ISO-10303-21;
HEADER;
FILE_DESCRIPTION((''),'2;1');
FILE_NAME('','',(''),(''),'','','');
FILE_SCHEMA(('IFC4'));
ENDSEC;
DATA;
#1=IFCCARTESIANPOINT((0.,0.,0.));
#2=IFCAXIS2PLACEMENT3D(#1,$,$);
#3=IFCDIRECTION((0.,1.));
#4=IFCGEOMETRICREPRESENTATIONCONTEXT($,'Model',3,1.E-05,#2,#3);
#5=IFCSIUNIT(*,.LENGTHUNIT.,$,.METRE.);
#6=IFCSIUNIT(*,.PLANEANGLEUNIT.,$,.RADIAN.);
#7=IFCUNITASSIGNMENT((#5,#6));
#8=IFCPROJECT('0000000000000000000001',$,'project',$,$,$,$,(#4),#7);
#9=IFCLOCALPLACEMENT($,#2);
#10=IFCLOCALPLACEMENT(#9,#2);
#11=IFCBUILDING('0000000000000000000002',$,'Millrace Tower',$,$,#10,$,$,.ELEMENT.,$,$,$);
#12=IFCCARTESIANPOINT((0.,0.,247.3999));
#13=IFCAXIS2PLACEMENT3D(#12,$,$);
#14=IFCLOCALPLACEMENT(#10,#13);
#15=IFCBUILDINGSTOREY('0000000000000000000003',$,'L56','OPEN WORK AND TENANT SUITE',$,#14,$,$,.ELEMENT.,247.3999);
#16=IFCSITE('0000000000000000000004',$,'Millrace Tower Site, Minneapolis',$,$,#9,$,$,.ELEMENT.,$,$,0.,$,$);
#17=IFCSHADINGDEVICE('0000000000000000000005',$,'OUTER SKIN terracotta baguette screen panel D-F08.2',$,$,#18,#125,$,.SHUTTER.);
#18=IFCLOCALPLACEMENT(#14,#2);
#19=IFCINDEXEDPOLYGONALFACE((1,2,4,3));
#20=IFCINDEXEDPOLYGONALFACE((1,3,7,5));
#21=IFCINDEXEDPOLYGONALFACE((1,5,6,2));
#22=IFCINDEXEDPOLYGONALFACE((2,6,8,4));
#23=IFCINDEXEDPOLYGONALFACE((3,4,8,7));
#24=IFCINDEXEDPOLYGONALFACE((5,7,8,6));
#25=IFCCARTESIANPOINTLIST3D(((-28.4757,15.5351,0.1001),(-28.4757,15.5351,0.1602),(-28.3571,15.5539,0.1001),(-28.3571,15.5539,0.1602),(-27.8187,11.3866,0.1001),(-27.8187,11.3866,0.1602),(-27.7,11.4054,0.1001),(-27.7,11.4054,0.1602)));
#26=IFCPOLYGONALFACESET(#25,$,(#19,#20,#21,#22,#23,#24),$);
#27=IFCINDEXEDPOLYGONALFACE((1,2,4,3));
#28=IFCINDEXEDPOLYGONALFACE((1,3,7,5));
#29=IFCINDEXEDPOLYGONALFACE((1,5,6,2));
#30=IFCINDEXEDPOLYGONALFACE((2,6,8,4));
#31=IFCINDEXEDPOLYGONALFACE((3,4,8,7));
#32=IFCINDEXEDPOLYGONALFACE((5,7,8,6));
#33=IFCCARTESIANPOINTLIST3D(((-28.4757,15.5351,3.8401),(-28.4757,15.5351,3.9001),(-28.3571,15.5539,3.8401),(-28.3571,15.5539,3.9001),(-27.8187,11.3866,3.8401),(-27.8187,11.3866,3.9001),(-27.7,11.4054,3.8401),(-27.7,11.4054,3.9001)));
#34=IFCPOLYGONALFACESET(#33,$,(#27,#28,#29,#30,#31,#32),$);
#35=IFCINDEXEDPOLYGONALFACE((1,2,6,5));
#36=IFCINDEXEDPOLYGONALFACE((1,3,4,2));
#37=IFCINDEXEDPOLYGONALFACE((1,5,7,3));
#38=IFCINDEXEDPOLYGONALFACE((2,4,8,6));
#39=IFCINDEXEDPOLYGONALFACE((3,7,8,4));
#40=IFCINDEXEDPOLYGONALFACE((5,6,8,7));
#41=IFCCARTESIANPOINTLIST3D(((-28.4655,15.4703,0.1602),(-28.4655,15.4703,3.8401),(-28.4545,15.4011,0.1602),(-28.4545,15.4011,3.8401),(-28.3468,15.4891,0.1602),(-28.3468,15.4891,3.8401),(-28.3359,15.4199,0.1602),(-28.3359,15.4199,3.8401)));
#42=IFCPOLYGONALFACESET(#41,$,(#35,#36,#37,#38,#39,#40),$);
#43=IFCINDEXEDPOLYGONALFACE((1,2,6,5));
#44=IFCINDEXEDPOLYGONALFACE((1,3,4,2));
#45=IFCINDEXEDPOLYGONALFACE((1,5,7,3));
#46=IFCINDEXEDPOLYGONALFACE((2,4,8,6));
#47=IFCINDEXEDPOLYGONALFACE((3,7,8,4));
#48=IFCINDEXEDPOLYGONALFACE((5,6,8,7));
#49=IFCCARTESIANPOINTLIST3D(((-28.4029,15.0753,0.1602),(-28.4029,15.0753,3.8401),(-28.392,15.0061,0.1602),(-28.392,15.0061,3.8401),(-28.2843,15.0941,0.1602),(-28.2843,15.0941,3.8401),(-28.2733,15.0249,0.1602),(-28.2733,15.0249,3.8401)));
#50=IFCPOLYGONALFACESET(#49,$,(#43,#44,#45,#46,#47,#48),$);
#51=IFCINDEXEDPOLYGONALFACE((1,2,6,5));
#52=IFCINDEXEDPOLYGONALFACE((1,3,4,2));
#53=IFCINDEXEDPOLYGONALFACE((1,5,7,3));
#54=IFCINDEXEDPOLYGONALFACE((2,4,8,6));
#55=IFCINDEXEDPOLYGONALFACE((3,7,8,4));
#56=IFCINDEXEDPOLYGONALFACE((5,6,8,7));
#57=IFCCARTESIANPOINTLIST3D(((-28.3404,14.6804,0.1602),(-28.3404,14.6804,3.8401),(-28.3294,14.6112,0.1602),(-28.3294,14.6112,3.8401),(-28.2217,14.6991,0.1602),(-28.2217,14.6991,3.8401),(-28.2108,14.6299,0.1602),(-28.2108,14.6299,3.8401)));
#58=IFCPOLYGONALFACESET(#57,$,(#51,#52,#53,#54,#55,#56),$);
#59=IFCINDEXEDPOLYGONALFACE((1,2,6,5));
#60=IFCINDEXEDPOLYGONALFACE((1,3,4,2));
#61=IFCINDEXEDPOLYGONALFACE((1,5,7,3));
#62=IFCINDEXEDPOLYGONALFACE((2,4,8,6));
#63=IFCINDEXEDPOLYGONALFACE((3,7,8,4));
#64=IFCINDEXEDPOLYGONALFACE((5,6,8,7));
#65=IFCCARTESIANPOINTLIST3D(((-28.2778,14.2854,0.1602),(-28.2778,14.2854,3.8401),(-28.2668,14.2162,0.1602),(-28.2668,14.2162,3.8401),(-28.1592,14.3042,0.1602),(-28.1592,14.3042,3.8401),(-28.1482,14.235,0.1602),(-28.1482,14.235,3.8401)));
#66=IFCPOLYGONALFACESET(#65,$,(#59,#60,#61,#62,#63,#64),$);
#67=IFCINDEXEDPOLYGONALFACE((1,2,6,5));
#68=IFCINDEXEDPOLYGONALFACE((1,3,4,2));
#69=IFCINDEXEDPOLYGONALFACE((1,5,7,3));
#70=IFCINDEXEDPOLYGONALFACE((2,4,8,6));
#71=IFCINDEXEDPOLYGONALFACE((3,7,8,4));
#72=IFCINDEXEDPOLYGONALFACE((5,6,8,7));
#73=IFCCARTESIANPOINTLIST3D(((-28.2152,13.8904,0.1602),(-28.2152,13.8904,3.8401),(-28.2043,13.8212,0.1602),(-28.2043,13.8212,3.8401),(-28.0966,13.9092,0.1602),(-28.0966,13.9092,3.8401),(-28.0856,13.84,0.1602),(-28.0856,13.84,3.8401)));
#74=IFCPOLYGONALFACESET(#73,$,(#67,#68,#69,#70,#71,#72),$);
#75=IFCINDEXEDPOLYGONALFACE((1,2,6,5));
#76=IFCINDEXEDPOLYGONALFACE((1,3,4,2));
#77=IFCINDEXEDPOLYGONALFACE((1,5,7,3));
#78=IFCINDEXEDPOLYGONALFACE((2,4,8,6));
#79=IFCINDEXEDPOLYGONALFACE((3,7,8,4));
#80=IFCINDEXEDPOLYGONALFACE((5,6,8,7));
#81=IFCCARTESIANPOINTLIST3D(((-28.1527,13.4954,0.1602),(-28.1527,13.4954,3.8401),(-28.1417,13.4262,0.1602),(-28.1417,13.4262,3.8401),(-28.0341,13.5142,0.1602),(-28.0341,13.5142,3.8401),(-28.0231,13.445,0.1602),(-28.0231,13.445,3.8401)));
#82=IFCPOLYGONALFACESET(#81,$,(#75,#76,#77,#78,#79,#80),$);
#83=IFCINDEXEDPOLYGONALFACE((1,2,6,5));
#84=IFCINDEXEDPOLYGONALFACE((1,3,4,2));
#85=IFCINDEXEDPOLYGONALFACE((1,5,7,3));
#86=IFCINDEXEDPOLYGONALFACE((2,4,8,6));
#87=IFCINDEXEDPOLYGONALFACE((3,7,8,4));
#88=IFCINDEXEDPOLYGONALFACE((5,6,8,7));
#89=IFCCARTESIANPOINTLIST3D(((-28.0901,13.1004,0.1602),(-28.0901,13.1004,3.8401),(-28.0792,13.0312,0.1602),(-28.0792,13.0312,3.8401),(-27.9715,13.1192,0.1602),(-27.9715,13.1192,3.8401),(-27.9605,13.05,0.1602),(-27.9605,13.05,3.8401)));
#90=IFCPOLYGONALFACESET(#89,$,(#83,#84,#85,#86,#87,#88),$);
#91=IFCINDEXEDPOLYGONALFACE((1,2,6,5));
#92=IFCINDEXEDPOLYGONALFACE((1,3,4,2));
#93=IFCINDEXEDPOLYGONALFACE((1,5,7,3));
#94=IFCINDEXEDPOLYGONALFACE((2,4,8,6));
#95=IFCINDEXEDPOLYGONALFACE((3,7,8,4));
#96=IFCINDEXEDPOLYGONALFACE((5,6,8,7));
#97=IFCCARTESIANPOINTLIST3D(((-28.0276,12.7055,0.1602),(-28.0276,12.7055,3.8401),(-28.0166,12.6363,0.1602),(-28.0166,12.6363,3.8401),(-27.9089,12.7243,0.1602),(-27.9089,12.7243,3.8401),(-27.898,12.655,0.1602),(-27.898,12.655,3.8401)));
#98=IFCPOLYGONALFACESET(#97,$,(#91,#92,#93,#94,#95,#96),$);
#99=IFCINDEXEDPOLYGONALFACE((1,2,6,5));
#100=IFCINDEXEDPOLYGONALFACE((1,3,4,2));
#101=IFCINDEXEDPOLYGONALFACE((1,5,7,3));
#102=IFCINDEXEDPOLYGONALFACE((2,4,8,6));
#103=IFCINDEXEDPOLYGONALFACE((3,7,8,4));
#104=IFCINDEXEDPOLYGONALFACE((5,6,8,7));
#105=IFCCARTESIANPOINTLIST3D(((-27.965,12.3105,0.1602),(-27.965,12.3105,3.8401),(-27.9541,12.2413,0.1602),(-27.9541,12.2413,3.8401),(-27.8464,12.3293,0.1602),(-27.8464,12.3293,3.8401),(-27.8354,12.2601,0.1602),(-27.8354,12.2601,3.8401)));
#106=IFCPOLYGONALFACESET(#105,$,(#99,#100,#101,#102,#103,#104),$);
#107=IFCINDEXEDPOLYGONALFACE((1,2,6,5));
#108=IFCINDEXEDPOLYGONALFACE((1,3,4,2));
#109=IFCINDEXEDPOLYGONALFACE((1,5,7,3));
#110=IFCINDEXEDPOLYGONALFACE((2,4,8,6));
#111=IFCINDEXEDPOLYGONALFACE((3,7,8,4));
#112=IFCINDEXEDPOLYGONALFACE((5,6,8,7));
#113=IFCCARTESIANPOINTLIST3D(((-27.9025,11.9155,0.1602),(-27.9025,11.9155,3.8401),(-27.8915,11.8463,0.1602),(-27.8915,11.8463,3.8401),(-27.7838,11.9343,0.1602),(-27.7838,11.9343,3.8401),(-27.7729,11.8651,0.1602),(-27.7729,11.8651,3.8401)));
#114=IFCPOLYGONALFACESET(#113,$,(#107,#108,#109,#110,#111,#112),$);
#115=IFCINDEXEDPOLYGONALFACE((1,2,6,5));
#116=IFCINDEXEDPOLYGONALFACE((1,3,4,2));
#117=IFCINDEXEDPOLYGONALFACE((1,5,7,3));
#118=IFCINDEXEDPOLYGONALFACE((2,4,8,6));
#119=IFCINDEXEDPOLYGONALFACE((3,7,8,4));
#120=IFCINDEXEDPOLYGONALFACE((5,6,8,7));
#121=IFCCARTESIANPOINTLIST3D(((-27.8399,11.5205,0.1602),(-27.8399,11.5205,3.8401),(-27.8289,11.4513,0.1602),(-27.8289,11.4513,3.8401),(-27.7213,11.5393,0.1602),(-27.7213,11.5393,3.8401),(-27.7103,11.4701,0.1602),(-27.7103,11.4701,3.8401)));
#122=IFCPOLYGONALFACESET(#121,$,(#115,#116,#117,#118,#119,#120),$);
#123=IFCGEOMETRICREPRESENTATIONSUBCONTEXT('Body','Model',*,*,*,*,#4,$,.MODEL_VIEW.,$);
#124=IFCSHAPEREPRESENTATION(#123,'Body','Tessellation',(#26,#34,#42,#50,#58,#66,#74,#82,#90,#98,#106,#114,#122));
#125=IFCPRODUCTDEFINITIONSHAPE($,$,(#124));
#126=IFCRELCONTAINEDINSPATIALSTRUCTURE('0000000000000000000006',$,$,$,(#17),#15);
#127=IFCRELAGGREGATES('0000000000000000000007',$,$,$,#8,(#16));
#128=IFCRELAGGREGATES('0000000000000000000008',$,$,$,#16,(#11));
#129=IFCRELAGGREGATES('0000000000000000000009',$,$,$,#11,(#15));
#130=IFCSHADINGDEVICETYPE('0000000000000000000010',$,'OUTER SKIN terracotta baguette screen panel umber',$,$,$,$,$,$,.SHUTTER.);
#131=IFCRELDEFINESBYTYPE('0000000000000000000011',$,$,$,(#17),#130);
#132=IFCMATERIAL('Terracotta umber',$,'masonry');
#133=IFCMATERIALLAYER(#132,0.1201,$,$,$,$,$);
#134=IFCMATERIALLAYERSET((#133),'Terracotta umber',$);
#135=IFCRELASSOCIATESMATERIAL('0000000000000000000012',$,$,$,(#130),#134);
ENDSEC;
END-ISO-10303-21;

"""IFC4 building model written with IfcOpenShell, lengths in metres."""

from ifc_helpers import new_model, entity, si_unit, direction, frame, frame_2d, origin, origin_2d, place, context, subcontext, project, spatial, rectangle, extrude, source, transform, mapped, material, layer, layer_set, type_object, element, save


model = new_model("IFC4")

# Units and contexts
model_context = context("Model", 3, precision=1e-05, world=origin(), true_north=direction((0.0, 1.0)))
body_context = subcontext(model_context, "Body", "Model", "MODEL_VIEW")
ifc_project = project(units=[si_unit("LENGTHUNIT", "METRE"), si_unit("PLANEANGLEUNIT", "RADIAN")], contexts=[model_context])

# Site, building, storey
site_placement = place(None, origin())
site = spatial("IfcSite", under=ifc_project, at=site_placement, Name="Millrace Tower Site, Minneapolis", CompositionType="ELEMENT", RefElevation=0.0)
building_placement = place(site_placement, origin())
building = spatial("IfcBuilding", under=site, at=building_placement, Name="Millrace Tower", CompositionType="ELEMENT")
storey_placement = place(building_placement, frame((0.0, 0.0, 247.3999)))
storey = spatial("IfcBuildingStorey", under=building, at=storey_placement, Name="L56", Description="OPEN WORK AND TENANT SUITE", CompositionType="ELEMENT", Elevation=247.3999)

# Shading device
ifc_material_1 = material(Name="Terracotta umber", Category="masonry")
ifc_layer_1 = layer(ifc_material_1, 0.1201)
ifc_layer_set_1 = layer_set([ifc_layer_1], Name="Terracotta umber")
shading_device_type = type_object("IfcShadingDeviceType", Name="OUTER SKIN terracotta baguette screen panel umber", PredefinedType="SHUTTER", material=ifc_layer_set_1)
cartesian_point_1 = entity("IfcCartesianPoint", [-2.1001, 0.0601])
shared_polyline_1 = entity("IfcPolyline", [cartesian_point_1, entity("IfcCartesianPoint", [2.1001, 0.0601]), entity("IfcCartesianPoint", [2.1001, -0.0601]), entity("IfcCartesianPoint", [-2.1001, -0.0601]), cartesian_point_1])
shared_shape_1 = source(origin(), body_context, "Body", "SweptSolid", [
    entity("IfcExtrudedAreaSolid", entity("IfcArbitraryClosedProfileDef", "AREA", None, shared_polyline_1), entity("IfcAxis2Placement3D", entity("IfcCartesianPoint", [0.0, 0.0, 0.0])), entity("IfcDirection", [0.0, 0.0, 1.0]), 0.0601),
    entity("IfcExtrudedAreaSolid", entity("IfcArbitraryClosedProfileDef", "AREA", None, shared_polyline_1), entity("IfcAxis2Placement3D", entity("IfcCartesianPoint", [0.0, 0.0, 3.74])), entity("IfcDirection", [0.0, 0.0, 1.0]), 0.0601),
    extrude(rectangle(XDim=0.0701, YDim=0.1201, at=frame_2d((-1.9995, 0.0))), frame((0.0, 0.0, 0.0601)), (0.0, 0.0, 1.0), 3.6799),
    extrude(rectangle(XDim=0.0701, YDim=0.1201, at=frame_2d((-1.5996, 0.0))), frame((0.0, 0.0, 0.0601)), (0.0, 0.0, 1.0), 3.6799),
    extrude(rectangle(XDim=0.0701, YDim=0.1201, at=frame_2d((-1.1997, 0.0))), frame((0.0, 0.0, 0.0601)), (0.0, 0.0, 1.0), 3.6799),
    extrude(rectangle(XDim=0.0701, YDim=0.1201, at=frame_2d((-0.7998, 0.0))), frame((0.0, 0.0, 0.0601)), (0.0, 0.0, 1.0), 3.6799),
    extrude(rectangle(XDim=0.0701, YDim=0.1201, at=frame_2d((-0.3999, 0.0))), frame((0.0, 0.0, 0.0601)), (0.0, 0.0, 1.0), 3.6799),
    extrude(rectangle(XDim=0.0701, YDim=0.1201, at=origin_2d()), frame((0.0, 0.0, 0.0601)), (0.0, 0.0, 1.0), 3.6799),
    extrude(rectangle(XDim=0.0701, YDim=0.1201, at=frame_2d((0.3999, 0.0))), frame((0.0, 0.0, 0.0601)), (0.0, 0.0, 1.0), 3.6799),
    extrude(rectangle(XDim=0.0701, YDim=0.1201, at=frame_2d((0.7998, 0.0))), frame((0.0, 0.0, 0.0601)), (0.0, 0.0, 1.0), 3.6799),
    extrude(rectangle(XDim=0.0701, YDim=0.1201, at=frame_2d((1.1997, 0.0))), frame((0.0, 0.0, 0.0601)), (0.0, 0.0, 1.0), 3.6799),
    extrude(rectangle(XDim=0.0701, YDim=0.1201, at=frame_2d((1.5996, 0.0))), frame((0.0, 0.0, 0.0601)), (0.0, 0.0, 1.0), 3.6799),
    extrude(rectangle(XDim=0.0701, YDim=0.1201, at=frame_2d((1.9995, 0.0))), frame((0.0, 0.0, 0.0601)), (0.0, 0.0, 1.0), 3.6799),
])
shading_device_1_placement = place(storey_placement, frame((-28.0879, 13.4702, 0.1001), z_axis=(0.0, 0.0, 1.0), x_axis=(0.156434, -0.987688, 0.0)))
element("IfcShadingDevice", 1, at=shading_device_1_placement, inside=storey, type_object=shading_device_type, Name="OUTER SKIN terracotta baguette screen panel D-F08.2", PredefinedType="SHUTTER", context=body_context, shape_type="MappedRepresentation", body=[
    mapped(shared_shape_1, transform((0.0, 0.0, 0.0), scale=1.0)),
])

save(model, "model.ifc")
